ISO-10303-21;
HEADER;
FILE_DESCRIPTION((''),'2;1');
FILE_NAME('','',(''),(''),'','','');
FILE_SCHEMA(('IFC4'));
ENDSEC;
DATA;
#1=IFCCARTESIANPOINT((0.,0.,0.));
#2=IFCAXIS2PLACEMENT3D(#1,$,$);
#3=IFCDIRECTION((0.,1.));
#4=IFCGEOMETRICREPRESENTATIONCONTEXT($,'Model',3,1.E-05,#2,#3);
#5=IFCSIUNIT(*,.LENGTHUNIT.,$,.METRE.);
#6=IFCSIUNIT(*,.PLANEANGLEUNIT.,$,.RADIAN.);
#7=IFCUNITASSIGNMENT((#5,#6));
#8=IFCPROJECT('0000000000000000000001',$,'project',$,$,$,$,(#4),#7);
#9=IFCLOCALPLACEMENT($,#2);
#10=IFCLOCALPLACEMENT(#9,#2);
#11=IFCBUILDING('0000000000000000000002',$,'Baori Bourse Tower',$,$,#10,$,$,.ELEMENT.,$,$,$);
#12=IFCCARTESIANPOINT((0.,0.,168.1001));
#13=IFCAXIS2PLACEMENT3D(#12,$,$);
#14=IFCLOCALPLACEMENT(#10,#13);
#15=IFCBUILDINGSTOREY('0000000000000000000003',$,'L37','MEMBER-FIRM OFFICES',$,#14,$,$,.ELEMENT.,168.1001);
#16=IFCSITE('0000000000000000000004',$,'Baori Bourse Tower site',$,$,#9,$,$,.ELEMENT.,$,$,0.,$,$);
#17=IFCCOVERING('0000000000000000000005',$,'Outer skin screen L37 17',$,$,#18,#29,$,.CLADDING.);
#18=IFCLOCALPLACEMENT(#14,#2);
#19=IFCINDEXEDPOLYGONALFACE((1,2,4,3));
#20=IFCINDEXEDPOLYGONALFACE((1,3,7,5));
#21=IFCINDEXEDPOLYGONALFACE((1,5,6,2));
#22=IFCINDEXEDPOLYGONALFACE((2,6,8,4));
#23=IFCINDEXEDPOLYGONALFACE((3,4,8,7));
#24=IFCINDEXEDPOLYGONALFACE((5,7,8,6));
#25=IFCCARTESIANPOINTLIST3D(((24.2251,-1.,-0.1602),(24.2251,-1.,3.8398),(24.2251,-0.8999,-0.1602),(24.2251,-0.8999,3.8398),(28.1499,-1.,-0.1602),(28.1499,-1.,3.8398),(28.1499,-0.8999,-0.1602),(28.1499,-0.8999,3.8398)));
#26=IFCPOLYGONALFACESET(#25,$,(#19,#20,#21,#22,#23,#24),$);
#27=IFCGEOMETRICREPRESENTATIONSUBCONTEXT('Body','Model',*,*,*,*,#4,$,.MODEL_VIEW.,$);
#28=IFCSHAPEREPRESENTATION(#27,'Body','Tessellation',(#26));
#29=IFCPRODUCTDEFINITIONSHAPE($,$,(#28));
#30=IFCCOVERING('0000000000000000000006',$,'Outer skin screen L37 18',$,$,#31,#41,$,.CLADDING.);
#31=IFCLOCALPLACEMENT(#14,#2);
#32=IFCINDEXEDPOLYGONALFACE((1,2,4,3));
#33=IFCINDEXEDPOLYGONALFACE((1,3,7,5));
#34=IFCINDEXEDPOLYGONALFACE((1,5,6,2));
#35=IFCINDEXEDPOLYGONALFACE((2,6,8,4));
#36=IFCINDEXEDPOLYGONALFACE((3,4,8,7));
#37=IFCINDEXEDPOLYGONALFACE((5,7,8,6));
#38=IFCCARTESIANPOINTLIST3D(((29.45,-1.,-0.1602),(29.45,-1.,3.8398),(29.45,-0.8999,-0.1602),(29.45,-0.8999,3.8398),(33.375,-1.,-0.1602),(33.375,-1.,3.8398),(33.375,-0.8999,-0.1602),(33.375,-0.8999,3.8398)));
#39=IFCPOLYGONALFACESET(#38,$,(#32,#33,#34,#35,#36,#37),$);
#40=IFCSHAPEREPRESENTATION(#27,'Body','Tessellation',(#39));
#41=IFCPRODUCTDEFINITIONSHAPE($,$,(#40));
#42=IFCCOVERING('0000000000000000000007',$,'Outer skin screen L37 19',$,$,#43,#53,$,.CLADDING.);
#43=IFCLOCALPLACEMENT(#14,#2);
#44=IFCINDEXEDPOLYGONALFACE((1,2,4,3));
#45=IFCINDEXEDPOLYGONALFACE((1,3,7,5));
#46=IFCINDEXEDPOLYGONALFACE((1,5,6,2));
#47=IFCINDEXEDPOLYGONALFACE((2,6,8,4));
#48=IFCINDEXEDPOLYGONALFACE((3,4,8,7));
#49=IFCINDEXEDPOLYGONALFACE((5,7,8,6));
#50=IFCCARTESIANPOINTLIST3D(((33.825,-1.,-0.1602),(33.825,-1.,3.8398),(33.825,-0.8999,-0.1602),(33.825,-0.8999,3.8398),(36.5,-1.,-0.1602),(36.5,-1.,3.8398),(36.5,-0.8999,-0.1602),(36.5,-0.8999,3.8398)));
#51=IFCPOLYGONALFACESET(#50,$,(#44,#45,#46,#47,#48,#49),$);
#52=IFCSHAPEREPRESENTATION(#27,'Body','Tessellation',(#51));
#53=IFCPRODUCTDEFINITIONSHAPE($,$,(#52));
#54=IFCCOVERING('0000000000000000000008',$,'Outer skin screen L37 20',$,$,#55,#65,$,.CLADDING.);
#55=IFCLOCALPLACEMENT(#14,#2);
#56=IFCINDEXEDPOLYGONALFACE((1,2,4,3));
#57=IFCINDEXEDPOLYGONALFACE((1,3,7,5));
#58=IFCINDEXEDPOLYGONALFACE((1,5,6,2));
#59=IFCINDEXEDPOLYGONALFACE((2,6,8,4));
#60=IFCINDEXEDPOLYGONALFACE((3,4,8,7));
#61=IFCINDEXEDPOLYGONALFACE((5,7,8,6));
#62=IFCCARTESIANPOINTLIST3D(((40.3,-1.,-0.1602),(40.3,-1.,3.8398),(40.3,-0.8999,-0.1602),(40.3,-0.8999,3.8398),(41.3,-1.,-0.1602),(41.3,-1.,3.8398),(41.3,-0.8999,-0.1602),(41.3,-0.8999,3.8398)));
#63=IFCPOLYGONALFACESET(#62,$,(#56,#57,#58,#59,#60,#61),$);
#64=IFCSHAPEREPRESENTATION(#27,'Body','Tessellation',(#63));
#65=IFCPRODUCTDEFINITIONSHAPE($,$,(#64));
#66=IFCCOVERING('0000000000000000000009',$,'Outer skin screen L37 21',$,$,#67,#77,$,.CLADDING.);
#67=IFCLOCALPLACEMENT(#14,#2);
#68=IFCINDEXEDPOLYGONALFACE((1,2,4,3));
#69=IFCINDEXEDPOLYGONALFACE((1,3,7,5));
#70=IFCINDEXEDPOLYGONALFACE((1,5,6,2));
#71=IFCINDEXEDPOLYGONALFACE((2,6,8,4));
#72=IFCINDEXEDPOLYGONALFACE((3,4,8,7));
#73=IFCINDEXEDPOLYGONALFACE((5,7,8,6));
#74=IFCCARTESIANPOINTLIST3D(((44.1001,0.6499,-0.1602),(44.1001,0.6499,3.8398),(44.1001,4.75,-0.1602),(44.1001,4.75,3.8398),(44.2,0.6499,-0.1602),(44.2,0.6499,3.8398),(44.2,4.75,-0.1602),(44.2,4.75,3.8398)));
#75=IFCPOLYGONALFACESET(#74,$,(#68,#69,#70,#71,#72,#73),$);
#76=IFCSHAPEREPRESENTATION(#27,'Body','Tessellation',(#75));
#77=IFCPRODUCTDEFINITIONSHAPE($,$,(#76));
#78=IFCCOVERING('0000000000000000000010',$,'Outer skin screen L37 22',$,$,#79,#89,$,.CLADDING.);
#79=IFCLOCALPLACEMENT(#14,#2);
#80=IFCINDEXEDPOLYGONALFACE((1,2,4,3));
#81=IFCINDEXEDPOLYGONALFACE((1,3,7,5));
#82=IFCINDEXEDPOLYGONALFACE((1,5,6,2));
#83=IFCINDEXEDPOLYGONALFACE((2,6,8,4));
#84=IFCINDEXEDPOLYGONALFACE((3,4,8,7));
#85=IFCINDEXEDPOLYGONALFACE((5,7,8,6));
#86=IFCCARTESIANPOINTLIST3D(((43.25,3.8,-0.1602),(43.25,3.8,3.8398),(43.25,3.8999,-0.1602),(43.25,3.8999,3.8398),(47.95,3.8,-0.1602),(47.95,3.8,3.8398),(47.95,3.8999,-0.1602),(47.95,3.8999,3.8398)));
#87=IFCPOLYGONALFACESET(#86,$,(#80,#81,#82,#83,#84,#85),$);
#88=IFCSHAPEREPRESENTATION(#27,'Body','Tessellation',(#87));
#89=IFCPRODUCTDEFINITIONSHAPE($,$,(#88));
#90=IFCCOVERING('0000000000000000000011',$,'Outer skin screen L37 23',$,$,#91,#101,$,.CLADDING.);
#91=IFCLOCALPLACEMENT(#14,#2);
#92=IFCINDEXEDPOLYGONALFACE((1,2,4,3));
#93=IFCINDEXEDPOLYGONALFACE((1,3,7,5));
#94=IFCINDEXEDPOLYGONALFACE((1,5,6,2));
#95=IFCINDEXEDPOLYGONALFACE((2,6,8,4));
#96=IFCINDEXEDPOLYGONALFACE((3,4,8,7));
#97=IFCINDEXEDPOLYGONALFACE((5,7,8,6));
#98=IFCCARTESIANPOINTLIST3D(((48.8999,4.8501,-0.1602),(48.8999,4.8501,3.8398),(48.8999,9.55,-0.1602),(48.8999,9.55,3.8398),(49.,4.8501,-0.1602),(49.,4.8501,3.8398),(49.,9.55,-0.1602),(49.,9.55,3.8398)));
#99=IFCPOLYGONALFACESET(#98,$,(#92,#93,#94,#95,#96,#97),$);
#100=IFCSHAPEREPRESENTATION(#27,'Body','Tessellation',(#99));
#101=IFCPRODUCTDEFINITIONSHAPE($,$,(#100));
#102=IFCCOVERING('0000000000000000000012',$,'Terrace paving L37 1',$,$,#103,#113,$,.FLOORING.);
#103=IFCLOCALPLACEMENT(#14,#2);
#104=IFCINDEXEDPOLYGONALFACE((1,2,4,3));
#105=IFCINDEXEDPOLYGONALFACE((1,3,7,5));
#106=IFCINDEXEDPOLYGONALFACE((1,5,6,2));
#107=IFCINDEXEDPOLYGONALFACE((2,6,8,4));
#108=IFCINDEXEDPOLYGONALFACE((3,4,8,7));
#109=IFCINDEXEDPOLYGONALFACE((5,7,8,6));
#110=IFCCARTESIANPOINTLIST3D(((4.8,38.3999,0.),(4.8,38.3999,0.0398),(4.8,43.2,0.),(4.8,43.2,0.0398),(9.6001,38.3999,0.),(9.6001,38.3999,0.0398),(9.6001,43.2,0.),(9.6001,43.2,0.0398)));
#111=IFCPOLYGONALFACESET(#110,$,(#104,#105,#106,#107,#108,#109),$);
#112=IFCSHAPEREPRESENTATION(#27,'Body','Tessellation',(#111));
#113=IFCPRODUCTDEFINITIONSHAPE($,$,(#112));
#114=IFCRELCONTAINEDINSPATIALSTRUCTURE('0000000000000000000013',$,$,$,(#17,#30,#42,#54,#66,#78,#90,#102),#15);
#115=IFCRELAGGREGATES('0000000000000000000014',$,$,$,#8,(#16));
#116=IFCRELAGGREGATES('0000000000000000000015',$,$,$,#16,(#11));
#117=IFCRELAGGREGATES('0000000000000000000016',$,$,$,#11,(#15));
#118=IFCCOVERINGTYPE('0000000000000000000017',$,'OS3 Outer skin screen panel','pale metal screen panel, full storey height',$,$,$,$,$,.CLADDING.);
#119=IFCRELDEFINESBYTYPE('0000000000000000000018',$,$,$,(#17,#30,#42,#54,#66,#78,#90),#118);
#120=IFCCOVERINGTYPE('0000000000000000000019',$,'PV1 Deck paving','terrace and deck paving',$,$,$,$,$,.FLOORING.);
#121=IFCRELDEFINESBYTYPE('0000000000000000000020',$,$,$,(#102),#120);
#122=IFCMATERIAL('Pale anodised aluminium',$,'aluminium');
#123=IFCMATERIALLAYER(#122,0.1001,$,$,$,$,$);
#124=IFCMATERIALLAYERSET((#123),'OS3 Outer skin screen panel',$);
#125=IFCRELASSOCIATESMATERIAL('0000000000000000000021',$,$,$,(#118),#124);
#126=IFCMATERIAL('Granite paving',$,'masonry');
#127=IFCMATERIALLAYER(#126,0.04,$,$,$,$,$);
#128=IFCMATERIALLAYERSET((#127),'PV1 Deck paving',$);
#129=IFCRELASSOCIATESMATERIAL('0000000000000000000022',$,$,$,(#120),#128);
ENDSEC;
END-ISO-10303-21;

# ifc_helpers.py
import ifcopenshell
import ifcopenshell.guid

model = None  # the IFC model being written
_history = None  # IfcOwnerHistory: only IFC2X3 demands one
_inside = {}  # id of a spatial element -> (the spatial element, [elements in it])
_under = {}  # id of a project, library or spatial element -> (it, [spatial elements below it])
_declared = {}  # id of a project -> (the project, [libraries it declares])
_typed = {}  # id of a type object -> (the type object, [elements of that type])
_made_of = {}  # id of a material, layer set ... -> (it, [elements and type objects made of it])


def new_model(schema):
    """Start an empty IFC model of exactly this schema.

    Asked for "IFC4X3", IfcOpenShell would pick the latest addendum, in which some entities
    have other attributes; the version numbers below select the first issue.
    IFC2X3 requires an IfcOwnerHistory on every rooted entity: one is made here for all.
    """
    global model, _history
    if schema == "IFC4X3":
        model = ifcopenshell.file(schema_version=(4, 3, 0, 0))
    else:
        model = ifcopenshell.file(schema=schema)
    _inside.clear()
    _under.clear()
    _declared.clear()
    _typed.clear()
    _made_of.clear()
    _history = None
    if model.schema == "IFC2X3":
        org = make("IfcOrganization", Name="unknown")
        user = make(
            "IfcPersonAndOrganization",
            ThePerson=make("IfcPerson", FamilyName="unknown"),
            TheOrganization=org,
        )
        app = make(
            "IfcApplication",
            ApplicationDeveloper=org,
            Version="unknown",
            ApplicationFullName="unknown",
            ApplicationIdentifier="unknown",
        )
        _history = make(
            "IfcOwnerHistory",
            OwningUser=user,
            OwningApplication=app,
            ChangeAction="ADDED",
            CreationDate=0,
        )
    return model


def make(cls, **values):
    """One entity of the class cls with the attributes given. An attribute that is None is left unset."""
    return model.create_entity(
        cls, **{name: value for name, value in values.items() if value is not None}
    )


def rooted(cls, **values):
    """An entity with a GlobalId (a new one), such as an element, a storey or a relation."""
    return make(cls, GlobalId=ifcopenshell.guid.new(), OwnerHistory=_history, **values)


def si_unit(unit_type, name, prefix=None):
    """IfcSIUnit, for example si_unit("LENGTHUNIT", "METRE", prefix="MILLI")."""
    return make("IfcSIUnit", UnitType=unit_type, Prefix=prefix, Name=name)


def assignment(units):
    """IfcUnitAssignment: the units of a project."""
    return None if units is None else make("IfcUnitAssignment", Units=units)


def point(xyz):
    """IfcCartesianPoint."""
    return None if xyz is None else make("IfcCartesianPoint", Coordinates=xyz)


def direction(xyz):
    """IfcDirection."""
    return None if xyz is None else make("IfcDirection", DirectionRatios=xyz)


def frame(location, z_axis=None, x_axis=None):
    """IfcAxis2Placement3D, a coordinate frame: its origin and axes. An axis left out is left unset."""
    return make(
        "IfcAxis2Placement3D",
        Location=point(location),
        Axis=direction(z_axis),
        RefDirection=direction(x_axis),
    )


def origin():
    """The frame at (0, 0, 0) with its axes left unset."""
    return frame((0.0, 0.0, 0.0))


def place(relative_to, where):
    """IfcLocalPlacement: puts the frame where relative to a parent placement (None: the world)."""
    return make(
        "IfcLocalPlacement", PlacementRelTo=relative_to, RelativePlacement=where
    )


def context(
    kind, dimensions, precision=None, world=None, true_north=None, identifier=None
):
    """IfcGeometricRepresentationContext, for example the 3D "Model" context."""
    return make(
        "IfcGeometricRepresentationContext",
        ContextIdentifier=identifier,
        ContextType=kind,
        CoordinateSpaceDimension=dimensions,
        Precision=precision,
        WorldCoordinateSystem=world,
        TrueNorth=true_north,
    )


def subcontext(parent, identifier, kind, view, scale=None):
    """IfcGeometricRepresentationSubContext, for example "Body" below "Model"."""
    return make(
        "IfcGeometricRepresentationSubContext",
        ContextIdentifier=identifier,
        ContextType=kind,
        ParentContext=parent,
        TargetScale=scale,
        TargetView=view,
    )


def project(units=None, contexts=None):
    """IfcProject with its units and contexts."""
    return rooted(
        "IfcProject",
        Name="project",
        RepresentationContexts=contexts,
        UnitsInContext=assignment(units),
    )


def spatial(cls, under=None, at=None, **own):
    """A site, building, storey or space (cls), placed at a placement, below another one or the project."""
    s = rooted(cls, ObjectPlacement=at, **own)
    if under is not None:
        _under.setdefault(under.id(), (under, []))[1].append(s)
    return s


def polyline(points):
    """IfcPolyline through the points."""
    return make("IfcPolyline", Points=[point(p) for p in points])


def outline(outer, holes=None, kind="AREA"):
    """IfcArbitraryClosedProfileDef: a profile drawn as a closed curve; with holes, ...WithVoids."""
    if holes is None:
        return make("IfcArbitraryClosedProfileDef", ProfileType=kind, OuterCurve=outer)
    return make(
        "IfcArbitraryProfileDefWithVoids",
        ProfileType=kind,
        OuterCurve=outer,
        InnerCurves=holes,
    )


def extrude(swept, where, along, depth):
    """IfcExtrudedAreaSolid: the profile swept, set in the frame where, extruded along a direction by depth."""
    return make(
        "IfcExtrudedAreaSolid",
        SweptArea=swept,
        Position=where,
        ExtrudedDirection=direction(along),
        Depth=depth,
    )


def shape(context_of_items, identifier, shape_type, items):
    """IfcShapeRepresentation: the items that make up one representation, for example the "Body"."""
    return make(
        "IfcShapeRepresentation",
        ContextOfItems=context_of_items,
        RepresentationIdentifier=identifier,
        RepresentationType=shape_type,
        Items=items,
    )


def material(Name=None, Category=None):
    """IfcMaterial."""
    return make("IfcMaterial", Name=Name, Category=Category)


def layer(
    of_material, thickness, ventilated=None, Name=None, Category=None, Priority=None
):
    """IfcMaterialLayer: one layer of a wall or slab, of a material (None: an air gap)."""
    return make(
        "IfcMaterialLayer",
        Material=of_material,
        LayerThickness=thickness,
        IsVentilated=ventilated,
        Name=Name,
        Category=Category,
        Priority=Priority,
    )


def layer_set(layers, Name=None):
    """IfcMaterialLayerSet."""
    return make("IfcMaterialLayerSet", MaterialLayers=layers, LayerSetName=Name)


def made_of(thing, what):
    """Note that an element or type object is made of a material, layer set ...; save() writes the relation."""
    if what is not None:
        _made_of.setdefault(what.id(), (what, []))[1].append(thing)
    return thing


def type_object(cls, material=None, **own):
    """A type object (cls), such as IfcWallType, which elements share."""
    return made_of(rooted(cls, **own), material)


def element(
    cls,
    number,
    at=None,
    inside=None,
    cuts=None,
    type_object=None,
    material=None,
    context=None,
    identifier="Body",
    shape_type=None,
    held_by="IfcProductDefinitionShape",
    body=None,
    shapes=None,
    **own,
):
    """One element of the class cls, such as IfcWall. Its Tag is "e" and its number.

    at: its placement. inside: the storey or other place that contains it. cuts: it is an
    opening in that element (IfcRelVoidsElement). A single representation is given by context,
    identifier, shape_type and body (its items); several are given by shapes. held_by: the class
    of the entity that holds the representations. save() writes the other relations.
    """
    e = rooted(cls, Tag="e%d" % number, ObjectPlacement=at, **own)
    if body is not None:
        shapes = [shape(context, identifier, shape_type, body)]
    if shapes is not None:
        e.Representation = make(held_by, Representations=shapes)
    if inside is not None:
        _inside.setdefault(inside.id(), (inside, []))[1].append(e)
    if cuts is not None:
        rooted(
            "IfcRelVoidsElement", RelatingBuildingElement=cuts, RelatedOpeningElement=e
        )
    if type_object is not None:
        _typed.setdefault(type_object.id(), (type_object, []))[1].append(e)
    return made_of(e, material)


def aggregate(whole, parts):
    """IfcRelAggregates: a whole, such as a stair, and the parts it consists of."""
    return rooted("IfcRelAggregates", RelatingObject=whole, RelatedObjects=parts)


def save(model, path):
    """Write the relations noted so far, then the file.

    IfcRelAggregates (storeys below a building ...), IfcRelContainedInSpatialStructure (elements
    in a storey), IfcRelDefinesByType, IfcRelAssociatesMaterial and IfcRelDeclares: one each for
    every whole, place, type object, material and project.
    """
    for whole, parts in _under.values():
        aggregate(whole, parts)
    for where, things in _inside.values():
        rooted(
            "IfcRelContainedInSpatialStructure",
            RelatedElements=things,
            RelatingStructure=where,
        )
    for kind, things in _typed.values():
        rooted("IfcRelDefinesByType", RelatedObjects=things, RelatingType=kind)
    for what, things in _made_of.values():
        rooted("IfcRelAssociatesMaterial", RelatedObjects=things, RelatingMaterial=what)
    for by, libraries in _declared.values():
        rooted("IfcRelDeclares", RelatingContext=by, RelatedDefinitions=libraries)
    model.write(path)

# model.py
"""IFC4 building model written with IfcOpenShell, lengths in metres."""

from ifc_helpers import new_model, si_unit, direction, frame, origin, place, context, subcontext, project, spatial, polyline, outline, extrude, material, layer, layer_set, type_object, element, save


model = new_model("IFC4")

# Units and contexts
model_context = context("Model", 3, precision=1e-05, world=origin(), true_north=direction((0.0, 1.0)))
body_context = subcontext(model_context, "Body", "Model", "MODEL_VIEW")
ifc_project = project(units=[si_unit("LENGTHUNIT", "METRE"), si_unit("PLANEANGLEUNIT", "RADIAN")], contexts=[model_context])

# Site, building, storey
site_placement = place(None, origin())
site = spatial("IfcSite", under=ifc_project, at=site_placement, Name="Baori Bourse Tower site", CompositionType="ELEMENT", RefElevation=0.0)
building_placement = place(site_placement, origin())
building = spatial("IfcBuilding", under=site, at=building_placement, Name="Baori Bourse Tower", CompositionType="ELEMENT")
storey_placement = place(building_placement, frame((0.0, 0.0, 168.1001)))
storey = spatial("IfcBuildingStorey", under=building, at=storey_placement, Name="L37", Description="MEMBER-FIRM OFFICES", CompositionType="ELEMENT", Elevation=168.1001)

# Coverings
ifc_material_1 = material(Name="Pale anodised aluminium", Category="aluminium")
ifc_layer_1 = layer(ifc_material_1, 0.1001)
ifc_layer_set_1 = layer_set([ifc_layer_1], Name="OS3 Outer skin screen panel")
covering_type_1 = type_object("IfcCoveringType", Name="OS3 Outer skin screen panel", Description="pale metal screen panel, full storey height", PredefinedType="CLADDING", material=ifc_layer_set_1)
covering_1_placement = place(storey_placement, frame((0.0, 0.0, -0.1602)))
element("IfcCovering", 1, at=covering_1_placement, inside=storey, type_object=covering_type_1, Name="Outer skin screen L37 17", PredefinedType="CLADDING", context=body_context, shape_type="SweptSolid", body=[
    extrude(outline(polyline([(28.1499, -0.8999), (24.2251, -0.8999), (24.2251, -1.0), (28.1499, -1.0), (28.1499, -0.8999)])), origin(), (0.0, 0.0, 1.0), 4.0),
])
covering_2_placement = place(storey_placement, frame((0.0, 0.0, -0.1602)))
element("IfcCovering", 2, at=covering_2_placement, inside=storey, type_object=covering_type_1, Name="Outer skin screen L37 18", PredefinedType="CLADDING", context=body_context, shape_type="SweptSolid", body=[
    extrude(outline(polyline([(33.375, -0.8999), (29.45, -0.8999), (29.45, -1.0), (33.375, -1.0), (33.375, -0.8999)])), origin(), (0.0, 0.0, 1.0), 4.0),
])
covering_3_placement = place(storey_placement, frame((0.0, 0.0, -0.1602)))
element("IfcCovering", 3, at=covering_3_placement, inside=storey, type_object=covering_type_1, Name="Outer skin screen L37 19", PredefinedType="CLADDING", context=body_context, shape_type="SweptSolid", body=[
    extrude(outline(polyline([(36.5, -0.8999), (33.825, -0.8999), (33.825, -1.0), (36.5, -1.0), (36.5, -0.8999)])), origin(), (0.0, 0.0, 1.0), 4.0),
])
covering_4_placement = place(storey_placement, frame((0.0, 0.0, -0.1602)))
element("IfcCovering", 4, at=covering_4_placement, inside=storey, type_object=covering_type_1, Name="Outer skin screen L37 20", PredefinedType="CLADDING", context=body_context, shape_type="SweptSolid", body=[
    extrude(outline(polyline([(41.3, -0.8999), (40.3, -0.8999), (40.3, -1.0), (41.3, -1.0), (41.3, -0.8999)])), origin(), (0.0, 0.0, 1.0), 4.0),
])
covering_5_placement = place(storey_placement, frame((0.0, 0.0, -0.1602)))
element("IfcCovering", 5, at=covering_5_placement, inside=storey, type_object=covering_type_1, Name="Outer skin screen L37 21", PredefinedType="CLADDING", context=body_context, shape_type="SweptSolid", body=[
    extrude(outline(polyline([(44.1001, 4.75), (44.1001, 0.6499), (44.2, 0.6499), (44.2, 4.75), (44.1001, 4.75)])), origin(), (0.0, 0.0, 1.0), 4.0),
])
covering_6_placement = place(storey_placement, frame((0.0, 0.0, -0.1602)))
element("IfcCovering", 6, at=covering_6_placement, inside=storey, type_object=covering_type_1, Name="Outer skin screen L37 22", PredefinedType="CLADDING", context=body_context, shape_type="SweptSolid", body=[
    extrude(outline(polyline([(47.95, 3.8999), (43.25, 3.8999), (43.25, 3.8), (47.95, 3.8), (47.95, 3.8999)])), origin(), (0.0, 0.0, 1.0), 4.0),
])
covering_7_placement = place(storey_placement, frame((0.0, 0.0, -0.1602)))
element("IfcCovering", 7, at=covering_7_placement, inside=storey, type_object=covering_type_1, Name="Outer skin screen L37 23", PredefinedType="CLADDING", context=body_context, shape_type="SweptSolid", body=[
    extrude(outline(polyline([(48.8999, 9.55), (48.8999, 4.8501), (49.0, 4.8501), (49.0, 9.55), (48.8999, 9.55)])), origin(), (0.0, 0.0, 1.0), 4.0),
])
ifc_material_2 = material(Name="Granite paving", Category="masonry")
ifc_layer_2 = layer(ifc_material_2, 0.04)
ifc_layer_set_2 = layer_set([ifc_layer_2], Name="PV1 Deck paving")
covering_type_2 = type_object("IfcCoveringType", Name="PV1 Deck paving", Description="terrace and deck paving", PredefinedType="FLOORING", material=ifc_layer_set_2)
covering_8_placement = place(storey_placement, origin())
element("IfcCovering", 8, at=covering_8_placement, inside=storey, type_object=covering_type_2, Name="Terrace paving L37 1", PredefinedType="FLOORING", context=body_context, shape_type="SweptSolid", body=[
    extrude(outline(polyline([(9.6001, 38.3999), (9.6001, 43.2), (4.8, 43.2), (4.8, 38.3999), (9.6001, 38.3999)])), origin(), (0.0, 0.0, 1.0), 0.0398),
])

save(model, "model.ifc")
